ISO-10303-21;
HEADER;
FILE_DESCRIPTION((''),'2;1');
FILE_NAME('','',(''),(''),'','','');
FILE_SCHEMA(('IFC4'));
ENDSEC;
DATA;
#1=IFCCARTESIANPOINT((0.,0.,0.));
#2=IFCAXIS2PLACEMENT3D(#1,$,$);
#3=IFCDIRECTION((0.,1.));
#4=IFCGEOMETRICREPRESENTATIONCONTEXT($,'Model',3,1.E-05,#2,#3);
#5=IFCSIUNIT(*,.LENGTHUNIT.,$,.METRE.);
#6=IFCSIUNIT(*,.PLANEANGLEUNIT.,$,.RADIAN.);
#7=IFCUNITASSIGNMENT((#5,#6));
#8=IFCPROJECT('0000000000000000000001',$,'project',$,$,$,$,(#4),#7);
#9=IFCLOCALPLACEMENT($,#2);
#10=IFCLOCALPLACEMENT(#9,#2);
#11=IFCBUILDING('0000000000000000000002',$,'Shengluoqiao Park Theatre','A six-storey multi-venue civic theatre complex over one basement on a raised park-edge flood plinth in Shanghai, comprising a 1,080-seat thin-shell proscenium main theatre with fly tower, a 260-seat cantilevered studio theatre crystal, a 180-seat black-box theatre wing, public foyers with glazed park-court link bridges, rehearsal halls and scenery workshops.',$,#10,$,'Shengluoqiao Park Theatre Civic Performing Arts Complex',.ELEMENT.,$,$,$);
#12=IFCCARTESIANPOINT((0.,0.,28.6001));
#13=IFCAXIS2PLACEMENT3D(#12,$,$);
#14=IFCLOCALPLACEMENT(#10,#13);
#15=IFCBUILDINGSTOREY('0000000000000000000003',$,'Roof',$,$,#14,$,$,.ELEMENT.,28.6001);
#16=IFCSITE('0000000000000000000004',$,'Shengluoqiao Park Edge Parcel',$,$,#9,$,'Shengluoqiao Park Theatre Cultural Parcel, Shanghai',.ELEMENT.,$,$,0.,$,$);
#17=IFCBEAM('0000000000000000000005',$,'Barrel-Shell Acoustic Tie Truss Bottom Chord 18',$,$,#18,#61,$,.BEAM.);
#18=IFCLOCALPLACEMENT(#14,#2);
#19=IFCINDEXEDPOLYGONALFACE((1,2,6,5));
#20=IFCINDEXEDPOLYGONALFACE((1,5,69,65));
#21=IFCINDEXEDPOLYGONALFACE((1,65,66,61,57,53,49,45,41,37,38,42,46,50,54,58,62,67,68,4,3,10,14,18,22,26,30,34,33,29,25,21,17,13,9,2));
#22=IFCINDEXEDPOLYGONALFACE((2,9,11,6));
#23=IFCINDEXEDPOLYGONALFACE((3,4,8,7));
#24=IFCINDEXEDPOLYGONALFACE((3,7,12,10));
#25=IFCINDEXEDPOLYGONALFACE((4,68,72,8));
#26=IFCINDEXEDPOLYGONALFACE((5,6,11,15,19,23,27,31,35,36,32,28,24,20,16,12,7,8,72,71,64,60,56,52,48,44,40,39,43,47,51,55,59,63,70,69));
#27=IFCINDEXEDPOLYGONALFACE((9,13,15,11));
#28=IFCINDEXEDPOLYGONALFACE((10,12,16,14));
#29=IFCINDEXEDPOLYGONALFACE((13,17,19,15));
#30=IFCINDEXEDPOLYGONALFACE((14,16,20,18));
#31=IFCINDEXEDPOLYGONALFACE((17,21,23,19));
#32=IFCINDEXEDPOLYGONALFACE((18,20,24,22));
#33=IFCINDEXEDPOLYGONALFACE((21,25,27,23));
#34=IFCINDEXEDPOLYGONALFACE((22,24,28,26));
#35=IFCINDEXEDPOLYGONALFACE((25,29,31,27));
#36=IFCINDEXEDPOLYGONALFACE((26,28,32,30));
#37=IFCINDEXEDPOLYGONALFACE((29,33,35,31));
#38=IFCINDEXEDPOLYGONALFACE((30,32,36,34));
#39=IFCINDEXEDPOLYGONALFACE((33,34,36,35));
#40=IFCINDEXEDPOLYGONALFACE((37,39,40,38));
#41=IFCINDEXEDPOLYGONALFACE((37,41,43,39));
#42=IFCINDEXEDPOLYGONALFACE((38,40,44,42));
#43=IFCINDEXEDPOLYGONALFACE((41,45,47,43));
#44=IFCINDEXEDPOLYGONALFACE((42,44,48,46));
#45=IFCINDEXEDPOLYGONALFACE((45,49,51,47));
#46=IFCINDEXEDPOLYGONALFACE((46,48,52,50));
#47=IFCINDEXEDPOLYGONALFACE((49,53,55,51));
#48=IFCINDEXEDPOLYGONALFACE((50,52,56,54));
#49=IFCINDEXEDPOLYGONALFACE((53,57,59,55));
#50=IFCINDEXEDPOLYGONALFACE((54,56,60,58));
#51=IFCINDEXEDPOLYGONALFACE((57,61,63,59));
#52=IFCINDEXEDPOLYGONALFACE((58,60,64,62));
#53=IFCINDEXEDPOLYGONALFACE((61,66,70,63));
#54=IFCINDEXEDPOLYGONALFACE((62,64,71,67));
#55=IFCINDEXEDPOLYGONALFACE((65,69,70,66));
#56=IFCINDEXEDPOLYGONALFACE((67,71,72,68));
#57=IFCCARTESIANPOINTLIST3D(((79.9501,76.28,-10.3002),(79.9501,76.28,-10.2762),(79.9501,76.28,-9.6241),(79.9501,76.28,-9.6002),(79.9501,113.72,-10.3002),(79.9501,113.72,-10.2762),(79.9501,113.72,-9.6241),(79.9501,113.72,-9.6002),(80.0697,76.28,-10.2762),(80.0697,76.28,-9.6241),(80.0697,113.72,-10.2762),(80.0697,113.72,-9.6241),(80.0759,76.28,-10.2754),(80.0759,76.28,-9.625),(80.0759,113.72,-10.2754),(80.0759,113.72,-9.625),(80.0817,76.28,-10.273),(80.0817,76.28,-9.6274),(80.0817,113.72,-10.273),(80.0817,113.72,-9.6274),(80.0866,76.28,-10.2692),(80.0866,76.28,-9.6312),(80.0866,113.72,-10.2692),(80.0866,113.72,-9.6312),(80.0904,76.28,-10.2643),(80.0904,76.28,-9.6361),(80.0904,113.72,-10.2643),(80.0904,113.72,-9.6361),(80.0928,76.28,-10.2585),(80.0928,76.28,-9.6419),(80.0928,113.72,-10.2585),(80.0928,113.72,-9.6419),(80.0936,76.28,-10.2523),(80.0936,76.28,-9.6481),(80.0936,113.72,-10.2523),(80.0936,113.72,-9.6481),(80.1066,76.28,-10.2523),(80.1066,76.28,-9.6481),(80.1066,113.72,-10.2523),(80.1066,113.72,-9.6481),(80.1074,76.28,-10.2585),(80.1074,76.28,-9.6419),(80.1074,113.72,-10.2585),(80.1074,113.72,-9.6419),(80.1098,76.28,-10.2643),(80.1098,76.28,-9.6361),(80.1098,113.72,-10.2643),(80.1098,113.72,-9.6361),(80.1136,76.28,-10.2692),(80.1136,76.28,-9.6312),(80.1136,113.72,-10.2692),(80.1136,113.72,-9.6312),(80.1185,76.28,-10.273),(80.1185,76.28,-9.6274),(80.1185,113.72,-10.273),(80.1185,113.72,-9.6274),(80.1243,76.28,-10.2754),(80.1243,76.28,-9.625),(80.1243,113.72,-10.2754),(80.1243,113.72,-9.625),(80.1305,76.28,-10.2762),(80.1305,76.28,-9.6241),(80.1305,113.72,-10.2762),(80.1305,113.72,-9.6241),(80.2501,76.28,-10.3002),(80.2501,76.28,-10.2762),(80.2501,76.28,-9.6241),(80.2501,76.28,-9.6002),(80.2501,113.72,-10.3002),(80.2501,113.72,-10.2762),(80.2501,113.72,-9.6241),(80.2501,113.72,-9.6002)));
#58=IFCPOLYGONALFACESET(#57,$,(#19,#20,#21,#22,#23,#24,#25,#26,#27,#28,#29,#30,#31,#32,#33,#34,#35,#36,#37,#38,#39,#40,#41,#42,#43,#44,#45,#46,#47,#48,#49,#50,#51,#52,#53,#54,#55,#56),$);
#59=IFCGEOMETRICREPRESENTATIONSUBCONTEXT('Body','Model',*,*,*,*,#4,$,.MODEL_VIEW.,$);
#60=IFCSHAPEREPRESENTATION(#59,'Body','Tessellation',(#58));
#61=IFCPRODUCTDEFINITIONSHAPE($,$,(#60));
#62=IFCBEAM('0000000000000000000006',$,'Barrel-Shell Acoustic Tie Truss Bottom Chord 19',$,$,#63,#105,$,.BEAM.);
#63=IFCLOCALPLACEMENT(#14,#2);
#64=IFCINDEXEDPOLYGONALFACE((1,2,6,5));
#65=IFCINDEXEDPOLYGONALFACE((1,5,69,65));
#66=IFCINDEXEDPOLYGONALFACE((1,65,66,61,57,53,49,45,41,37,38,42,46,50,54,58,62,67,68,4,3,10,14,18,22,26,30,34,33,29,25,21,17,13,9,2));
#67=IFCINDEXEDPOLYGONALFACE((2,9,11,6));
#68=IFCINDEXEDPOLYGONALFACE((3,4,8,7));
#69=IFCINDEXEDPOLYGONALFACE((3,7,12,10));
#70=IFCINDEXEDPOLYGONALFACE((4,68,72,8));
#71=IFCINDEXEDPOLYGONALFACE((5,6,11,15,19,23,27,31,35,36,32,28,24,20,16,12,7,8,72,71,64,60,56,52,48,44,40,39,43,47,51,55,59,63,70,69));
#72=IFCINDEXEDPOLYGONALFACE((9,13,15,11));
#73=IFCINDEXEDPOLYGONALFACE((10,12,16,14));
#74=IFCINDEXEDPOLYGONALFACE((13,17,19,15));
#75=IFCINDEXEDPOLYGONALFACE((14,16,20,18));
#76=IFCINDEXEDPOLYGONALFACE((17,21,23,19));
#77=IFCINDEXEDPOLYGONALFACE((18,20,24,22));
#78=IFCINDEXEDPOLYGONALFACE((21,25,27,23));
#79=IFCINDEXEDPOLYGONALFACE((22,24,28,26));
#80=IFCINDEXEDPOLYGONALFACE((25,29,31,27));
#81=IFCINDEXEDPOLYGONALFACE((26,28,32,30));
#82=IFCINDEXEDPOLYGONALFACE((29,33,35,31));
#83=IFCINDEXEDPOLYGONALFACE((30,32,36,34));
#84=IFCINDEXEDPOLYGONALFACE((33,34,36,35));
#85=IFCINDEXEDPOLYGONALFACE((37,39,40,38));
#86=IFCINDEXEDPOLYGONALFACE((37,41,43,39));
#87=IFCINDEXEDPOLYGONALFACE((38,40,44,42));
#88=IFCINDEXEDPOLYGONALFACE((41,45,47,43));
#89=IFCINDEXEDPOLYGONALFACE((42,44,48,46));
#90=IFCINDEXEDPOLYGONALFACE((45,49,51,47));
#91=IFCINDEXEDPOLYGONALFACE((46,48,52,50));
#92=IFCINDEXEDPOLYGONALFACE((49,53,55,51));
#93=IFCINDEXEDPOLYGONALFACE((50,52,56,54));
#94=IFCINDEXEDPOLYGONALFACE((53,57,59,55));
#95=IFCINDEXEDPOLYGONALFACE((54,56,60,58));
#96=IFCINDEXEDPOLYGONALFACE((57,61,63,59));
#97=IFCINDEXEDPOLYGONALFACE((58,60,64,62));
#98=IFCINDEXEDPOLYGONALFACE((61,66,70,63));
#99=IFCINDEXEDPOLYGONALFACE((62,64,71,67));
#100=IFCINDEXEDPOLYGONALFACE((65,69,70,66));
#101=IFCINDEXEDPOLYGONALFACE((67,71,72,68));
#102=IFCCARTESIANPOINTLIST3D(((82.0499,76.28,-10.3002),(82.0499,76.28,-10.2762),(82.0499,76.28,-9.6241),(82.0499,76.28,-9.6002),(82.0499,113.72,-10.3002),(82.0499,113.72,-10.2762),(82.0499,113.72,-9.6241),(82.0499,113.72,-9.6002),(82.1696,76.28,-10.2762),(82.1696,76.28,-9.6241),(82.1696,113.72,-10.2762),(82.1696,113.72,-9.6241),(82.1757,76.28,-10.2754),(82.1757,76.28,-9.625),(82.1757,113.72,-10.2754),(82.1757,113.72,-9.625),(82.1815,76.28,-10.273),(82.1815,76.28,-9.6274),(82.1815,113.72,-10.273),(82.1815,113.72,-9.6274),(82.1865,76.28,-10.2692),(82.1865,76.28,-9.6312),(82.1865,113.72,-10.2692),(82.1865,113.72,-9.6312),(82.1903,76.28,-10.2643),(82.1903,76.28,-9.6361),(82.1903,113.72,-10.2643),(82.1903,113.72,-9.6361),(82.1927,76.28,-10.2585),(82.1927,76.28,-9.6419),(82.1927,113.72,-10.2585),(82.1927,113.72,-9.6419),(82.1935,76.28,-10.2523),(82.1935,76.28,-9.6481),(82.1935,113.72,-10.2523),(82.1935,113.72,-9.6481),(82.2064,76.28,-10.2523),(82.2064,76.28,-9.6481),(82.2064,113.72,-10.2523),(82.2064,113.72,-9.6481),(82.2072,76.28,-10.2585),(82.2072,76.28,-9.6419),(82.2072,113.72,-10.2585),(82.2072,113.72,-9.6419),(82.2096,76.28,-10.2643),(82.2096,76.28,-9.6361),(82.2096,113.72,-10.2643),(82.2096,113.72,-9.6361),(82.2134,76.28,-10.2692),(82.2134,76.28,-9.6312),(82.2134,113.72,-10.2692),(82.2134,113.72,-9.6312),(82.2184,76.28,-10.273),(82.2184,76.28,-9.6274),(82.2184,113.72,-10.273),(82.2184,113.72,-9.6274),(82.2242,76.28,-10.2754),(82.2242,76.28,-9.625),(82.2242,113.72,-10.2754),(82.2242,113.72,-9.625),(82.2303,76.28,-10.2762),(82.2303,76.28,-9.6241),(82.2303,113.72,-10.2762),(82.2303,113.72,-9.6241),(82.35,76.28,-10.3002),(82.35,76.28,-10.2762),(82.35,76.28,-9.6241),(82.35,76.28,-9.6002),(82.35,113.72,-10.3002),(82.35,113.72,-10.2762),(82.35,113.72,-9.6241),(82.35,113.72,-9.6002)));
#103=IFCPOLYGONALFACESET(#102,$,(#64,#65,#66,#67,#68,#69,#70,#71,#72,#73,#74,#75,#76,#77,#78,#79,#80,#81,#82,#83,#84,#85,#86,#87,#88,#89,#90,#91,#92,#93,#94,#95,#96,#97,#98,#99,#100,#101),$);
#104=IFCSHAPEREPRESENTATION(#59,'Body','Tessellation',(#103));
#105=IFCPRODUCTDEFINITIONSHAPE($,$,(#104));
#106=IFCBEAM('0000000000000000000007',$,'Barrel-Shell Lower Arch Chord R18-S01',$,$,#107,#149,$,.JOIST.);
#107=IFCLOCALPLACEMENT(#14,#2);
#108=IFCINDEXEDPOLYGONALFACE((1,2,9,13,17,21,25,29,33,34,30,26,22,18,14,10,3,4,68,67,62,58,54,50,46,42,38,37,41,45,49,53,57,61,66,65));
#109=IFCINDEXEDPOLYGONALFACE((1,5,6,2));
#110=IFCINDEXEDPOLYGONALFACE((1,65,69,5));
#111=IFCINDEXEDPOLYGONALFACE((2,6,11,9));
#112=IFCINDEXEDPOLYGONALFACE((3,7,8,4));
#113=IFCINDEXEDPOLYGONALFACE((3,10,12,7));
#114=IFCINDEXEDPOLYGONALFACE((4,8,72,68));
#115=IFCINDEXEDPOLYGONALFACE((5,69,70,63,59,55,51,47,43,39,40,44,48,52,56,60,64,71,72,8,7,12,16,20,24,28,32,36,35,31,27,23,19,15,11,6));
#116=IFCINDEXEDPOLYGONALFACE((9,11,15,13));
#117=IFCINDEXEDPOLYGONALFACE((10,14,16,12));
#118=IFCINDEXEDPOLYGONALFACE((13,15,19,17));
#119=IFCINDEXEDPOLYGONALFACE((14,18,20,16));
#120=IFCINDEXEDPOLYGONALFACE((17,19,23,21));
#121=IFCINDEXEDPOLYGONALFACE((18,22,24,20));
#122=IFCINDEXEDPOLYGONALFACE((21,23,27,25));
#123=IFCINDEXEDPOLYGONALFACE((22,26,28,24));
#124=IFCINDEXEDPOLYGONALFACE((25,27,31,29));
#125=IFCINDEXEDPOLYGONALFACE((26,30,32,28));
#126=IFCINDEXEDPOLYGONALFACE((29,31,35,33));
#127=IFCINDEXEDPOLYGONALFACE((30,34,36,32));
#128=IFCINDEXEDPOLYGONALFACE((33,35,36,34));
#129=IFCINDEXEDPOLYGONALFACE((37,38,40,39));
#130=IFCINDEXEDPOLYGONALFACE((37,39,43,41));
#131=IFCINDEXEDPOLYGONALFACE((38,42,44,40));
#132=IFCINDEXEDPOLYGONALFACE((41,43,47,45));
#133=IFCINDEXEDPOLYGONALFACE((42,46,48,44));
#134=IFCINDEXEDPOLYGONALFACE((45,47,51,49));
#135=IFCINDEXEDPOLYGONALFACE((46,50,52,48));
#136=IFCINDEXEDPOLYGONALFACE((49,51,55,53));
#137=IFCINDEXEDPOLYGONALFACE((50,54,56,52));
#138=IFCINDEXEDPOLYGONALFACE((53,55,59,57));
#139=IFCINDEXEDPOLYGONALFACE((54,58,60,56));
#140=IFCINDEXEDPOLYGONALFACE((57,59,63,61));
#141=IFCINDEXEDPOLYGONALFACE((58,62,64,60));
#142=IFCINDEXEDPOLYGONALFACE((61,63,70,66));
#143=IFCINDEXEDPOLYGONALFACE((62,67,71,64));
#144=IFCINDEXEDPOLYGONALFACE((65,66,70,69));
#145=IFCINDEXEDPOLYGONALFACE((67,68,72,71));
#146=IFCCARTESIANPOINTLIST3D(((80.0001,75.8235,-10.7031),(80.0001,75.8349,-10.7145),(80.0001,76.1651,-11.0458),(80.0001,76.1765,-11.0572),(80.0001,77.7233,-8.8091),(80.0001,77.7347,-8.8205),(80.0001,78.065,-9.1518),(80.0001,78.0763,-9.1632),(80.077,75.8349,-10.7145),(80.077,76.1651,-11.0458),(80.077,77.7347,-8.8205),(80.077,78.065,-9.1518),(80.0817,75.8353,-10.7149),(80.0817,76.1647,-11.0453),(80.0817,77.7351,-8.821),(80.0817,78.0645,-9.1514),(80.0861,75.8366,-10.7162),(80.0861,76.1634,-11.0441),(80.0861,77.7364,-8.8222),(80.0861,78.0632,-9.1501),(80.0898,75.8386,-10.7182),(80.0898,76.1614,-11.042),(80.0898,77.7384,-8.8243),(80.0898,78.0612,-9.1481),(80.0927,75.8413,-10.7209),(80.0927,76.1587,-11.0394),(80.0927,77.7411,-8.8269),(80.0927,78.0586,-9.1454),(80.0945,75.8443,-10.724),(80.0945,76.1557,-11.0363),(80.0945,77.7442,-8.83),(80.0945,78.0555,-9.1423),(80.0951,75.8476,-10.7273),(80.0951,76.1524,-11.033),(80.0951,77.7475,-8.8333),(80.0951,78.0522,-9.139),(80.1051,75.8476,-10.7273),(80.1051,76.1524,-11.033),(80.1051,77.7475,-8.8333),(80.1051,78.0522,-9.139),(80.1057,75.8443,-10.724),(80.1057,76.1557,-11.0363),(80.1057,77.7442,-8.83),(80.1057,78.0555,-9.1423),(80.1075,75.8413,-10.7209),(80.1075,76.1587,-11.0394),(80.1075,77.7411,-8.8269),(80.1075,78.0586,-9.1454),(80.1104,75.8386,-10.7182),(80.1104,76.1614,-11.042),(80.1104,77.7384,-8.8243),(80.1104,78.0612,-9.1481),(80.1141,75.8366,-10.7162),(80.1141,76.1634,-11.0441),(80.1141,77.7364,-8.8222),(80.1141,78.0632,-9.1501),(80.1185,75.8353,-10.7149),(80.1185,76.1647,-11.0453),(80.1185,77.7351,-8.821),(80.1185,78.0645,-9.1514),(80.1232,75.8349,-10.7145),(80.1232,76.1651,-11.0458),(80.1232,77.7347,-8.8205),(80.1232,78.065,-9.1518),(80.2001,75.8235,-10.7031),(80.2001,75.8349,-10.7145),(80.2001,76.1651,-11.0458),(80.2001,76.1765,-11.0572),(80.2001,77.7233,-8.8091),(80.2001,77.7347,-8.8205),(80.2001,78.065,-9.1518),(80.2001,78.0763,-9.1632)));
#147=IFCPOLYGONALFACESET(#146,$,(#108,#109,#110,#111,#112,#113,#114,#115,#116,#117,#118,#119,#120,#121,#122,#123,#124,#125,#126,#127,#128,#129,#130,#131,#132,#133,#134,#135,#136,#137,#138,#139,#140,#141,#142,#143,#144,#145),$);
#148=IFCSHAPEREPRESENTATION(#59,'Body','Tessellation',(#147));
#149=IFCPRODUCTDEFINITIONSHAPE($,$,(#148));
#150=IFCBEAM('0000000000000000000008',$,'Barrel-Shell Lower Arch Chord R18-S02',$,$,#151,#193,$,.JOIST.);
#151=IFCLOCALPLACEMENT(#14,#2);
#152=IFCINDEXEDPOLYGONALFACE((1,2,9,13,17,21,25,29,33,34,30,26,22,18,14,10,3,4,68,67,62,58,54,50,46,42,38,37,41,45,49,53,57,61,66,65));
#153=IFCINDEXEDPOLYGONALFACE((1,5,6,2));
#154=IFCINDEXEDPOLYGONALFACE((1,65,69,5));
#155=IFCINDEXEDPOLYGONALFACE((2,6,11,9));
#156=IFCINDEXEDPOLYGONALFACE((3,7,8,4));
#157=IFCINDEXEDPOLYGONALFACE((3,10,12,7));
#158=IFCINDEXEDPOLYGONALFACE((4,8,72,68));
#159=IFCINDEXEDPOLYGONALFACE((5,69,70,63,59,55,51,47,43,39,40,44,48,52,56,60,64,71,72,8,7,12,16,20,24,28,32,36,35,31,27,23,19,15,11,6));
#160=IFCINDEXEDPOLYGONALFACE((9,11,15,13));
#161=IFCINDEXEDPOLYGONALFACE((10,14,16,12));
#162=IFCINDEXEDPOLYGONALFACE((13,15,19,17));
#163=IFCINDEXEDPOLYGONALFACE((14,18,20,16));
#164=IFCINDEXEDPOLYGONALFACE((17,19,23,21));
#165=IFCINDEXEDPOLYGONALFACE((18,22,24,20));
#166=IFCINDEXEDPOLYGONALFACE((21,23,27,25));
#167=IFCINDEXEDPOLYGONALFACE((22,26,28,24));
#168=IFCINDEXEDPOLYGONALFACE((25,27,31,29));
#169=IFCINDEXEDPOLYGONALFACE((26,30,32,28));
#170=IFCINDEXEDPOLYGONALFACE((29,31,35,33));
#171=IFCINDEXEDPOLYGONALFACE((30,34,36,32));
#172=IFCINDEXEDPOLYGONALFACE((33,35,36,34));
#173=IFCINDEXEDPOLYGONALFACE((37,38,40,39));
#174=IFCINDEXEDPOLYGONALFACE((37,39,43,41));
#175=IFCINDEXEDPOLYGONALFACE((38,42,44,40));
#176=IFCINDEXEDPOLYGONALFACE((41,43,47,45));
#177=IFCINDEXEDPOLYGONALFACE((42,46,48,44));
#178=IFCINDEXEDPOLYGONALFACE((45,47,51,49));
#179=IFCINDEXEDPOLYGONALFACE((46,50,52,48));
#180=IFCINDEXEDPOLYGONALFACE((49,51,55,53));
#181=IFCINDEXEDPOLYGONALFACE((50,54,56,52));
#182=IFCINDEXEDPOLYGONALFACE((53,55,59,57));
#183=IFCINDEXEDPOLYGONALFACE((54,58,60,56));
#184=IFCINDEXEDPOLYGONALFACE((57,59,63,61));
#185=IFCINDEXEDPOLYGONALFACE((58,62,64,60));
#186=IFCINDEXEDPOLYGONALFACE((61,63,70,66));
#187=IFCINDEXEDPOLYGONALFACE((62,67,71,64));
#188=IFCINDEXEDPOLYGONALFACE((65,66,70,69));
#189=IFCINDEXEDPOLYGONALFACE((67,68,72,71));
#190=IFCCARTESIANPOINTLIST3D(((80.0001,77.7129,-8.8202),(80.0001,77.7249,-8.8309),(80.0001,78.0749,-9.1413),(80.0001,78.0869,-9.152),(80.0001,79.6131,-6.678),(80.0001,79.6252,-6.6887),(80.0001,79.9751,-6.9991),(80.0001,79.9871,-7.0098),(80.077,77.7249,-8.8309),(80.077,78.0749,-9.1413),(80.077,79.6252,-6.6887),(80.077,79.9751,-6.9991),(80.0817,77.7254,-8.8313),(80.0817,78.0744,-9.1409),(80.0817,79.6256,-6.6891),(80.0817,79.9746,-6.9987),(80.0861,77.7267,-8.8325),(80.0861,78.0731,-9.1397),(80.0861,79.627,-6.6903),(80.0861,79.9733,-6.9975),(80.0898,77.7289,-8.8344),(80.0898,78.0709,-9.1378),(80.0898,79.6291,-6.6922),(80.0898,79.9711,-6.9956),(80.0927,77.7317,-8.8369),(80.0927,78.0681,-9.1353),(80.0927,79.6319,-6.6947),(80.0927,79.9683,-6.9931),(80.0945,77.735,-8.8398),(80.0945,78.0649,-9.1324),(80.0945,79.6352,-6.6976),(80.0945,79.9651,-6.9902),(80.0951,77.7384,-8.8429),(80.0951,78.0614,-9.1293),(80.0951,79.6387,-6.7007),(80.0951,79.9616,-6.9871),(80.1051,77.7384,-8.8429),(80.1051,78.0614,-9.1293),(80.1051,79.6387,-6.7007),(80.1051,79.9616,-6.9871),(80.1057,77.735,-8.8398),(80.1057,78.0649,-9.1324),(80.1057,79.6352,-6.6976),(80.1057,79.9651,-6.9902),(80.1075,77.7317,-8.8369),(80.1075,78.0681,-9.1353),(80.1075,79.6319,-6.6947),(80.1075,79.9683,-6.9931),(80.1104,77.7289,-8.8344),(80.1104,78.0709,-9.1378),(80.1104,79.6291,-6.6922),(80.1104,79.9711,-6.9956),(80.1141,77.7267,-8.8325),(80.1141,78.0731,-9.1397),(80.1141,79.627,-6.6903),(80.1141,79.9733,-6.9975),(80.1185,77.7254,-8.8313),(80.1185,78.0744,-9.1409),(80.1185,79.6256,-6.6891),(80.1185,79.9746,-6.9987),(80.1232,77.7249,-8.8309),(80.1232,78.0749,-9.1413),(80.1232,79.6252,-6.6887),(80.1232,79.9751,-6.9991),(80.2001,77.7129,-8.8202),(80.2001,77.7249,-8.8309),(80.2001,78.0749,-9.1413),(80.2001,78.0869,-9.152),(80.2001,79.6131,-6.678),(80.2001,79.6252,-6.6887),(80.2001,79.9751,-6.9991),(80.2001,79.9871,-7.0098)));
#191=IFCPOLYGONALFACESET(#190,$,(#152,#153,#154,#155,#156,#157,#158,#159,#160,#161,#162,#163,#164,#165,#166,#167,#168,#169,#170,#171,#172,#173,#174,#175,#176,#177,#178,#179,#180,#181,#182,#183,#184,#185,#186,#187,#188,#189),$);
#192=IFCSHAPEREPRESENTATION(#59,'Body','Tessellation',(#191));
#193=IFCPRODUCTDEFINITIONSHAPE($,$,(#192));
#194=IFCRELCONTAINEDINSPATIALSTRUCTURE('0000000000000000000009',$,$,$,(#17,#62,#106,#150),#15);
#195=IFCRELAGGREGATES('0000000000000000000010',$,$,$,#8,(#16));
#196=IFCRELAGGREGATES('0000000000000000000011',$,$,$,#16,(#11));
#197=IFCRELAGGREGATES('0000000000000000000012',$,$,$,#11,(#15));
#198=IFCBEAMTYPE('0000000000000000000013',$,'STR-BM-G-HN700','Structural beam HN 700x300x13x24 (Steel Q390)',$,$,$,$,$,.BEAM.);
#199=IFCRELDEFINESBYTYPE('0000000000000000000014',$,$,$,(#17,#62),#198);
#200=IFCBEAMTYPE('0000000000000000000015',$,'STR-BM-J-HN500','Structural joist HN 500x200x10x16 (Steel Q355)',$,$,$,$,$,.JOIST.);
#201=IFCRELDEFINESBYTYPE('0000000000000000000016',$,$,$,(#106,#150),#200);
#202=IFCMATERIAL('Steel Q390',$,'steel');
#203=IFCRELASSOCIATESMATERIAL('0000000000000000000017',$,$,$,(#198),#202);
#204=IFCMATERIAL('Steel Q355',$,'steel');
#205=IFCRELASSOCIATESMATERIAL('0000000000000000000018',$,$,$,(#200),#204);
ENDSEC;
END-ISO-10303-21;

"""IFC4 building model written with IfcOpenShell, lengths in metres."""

from ifc_helpers import new_model, si_unit, direction, frame, origin, origin_2d, place, context, subcontext, project, spatial, i_section, extrude, material, material_profile, profile_set, type_object, element, save


model = new_model("IFC4")

# Units and contexts
model_context = context("Model", 3, precision=1e-05, world=origin(), true_north=direction((0.0, 1.0)))
body_context = subcontext(model_context, "Body", "Model", "MODEL_VIEW")
ifc_project = project(units=[si_unit("LENGTHUNIT", "METRE"), si_unit("PLANEANGLEUNIT", "RADIAN")], contexts=[model_context])

# Site, building, storey
site_placement = place(None, origin())
site = spatial("IfcSite", under=ifc_project, at=site_placement, Name="Shengluoqiao Park Edge Parcel", LongName="Shengluoqiao Park Theatre Cultural Parcel, Shanghai", CompositionType="ELEMENT", RefElevation=0.0)
building_placement = place(site_placement, origin())
building = spatial("IfcBuilding", under=site, at=building_placement, Name="Shengluoqiao Park Theatre", Description="A six-storey multi-venue civic theatre complex over one basement on a raised park-edge flood plinth in Shanghai, comprising a 1,080-seat thin-shell proscenium main theatre with fly tower, a 260-seat cantilevered studio theatre crystal, a 180-seat black-box theatre wing, public foyers with glazed park-court link bridges, rehearsal halls and scenery workshops.", LongName="Shengluoqiao Park Theatre Civic Performing Arts Complex", CompositionType="ELEMENT")
storey_placement = place(building_placement, frame((0.0, 0.0, 28.6001)))
storey = spatial("IfcBuildingStorey", under=building, at=storey_placement, Name="Roof", CompositionType="ELEMENT", Elevation=28.6001)

# Beams
ifc_material_1 = material(Name="Steel Q355", Category="steel")
ifc_material_2 = material(Name="Steel Q390", Category="steel")
ifc_material_profile_1 = material_profile(ifc_material_2, i_section(OverallWidth=0.3, OverallDepth=0.7, WebThickness=0.0129, FlangeThickness=0.0239, FilletRadius=0.0239, at=origin_2d()), Name="HN 700x300x13x24")
ifc_profile_set_1 = profile_set([ifc_material_profile_1], Name="Steel Q390")
beam_type_1 = type_object("IfcBeamType", Name="STR-BM-G-HN700", Description="Structural beam HN 700x300x13x24 (Steel Q390)", PredefinedType="BEAM", material=ifc_profile_set_1)
for number, where, z_axis, x_axis, name in (
    (1, (80.1001, 76.28, -9.9502), (0.0, 1.0, 0.0), (-1.0, 0.0, 0.0), "Barrel-Shell Acoustic Tie Truss Bottom Chord 18"),
    (2, (82.2, 76.28, -9.9502), (0.0, 1.0, 0.0), (-1.0, 0.0, 0.0), "Barrel-Shell Acoustic Tie Truss Bottom Chord 19"),
):
    element("IfcBeam", number, at=place(storey_placement, frame(where, z_axis=z_axis, x_axis=x_axis)), inside=storey, type_object=beam_type_1, Name=name, PredefinedType="BEAM", context=body_context, shape_type="SweptSolid", body=[
        extrude(i_section(OverallWidth=0.3, OverallDepth=0.7, WebThickness=0.0129, FlangeThickness=0.0239, FilletRadius=0.0239, at=origin_2d()), origin(), (0.0, 0.0, 1.0), 37.4399),
    ])
ifc_material_profile_2 = material_profile(ifc_material_1, i_section(OverallWidth=0.2, OverallDepth=0.5, WebThickness=0.01, FlangeThickness=0.0161, FilletRadius=0.0181, at=origin_2d()), Name="HN 500x200x10x16")
ifc_profile_set_2 = profile_set([ifc_material_profile_2], Name="Steel Q355")
beam_type_2 = type_object("IfcBeamType", Name="STR-BM-J-HN500", Description="Structural joist HN 500x200x10x16 (Steel Q355)", PredefinedType="JOIST", material=ifc_profile_set_2)
beam_1_placement = place(storey_placement, frame((80.1001, 76.0, -10.8801), z_axis=(0.0, 0.708198, 0.706014), x_axis=(-1.0, 0.0, 0.0)))
element("IfcBeam", 3, at=beam_1_placement, inside=storey, type_object=beam_type_2, Name="Barrel-Shell Lower Arch Chord R18-S01", PredefinedType="JOIST", context=body_context, shape_type="SweptSolid", body=[
    extrude(i_section(OverallWidth=0.2, OverallDepth=0.5, WebThickness=0.01, FlangeThickness=0.0161, FilletRadius=0.0181, at=origin_2d()), origin(), (0.0, 0.0, 1.0), 2.6826),
])
beam_2_placement = place(storey_placement, frame((80.1001, 77.8999, -8.9861), z_axis=(0.0, 0.663596, 0.748091), x_axis=(-1.0, 0.0, 0.0)))
element("IfcBeam", 4, at=beam_2_placement, inside=storey, type_object=beam_type_2, Name="Barrel-Shell Lower Arch Chord R18-S02", PredefinedType="JOIST", context=body_context, shape_type="SweptSolid", body=[
    extrude(i_section(OverallWidth=0.2, OverallDepth=0.5, WebThickness=0.01, FlangeThickness=0.0161, FilletRadius=0.0181, at=origin_2d()), origin(), (0.0, 0.0, 1.0), 2.8635),
])

save(model, "model.ifc")
